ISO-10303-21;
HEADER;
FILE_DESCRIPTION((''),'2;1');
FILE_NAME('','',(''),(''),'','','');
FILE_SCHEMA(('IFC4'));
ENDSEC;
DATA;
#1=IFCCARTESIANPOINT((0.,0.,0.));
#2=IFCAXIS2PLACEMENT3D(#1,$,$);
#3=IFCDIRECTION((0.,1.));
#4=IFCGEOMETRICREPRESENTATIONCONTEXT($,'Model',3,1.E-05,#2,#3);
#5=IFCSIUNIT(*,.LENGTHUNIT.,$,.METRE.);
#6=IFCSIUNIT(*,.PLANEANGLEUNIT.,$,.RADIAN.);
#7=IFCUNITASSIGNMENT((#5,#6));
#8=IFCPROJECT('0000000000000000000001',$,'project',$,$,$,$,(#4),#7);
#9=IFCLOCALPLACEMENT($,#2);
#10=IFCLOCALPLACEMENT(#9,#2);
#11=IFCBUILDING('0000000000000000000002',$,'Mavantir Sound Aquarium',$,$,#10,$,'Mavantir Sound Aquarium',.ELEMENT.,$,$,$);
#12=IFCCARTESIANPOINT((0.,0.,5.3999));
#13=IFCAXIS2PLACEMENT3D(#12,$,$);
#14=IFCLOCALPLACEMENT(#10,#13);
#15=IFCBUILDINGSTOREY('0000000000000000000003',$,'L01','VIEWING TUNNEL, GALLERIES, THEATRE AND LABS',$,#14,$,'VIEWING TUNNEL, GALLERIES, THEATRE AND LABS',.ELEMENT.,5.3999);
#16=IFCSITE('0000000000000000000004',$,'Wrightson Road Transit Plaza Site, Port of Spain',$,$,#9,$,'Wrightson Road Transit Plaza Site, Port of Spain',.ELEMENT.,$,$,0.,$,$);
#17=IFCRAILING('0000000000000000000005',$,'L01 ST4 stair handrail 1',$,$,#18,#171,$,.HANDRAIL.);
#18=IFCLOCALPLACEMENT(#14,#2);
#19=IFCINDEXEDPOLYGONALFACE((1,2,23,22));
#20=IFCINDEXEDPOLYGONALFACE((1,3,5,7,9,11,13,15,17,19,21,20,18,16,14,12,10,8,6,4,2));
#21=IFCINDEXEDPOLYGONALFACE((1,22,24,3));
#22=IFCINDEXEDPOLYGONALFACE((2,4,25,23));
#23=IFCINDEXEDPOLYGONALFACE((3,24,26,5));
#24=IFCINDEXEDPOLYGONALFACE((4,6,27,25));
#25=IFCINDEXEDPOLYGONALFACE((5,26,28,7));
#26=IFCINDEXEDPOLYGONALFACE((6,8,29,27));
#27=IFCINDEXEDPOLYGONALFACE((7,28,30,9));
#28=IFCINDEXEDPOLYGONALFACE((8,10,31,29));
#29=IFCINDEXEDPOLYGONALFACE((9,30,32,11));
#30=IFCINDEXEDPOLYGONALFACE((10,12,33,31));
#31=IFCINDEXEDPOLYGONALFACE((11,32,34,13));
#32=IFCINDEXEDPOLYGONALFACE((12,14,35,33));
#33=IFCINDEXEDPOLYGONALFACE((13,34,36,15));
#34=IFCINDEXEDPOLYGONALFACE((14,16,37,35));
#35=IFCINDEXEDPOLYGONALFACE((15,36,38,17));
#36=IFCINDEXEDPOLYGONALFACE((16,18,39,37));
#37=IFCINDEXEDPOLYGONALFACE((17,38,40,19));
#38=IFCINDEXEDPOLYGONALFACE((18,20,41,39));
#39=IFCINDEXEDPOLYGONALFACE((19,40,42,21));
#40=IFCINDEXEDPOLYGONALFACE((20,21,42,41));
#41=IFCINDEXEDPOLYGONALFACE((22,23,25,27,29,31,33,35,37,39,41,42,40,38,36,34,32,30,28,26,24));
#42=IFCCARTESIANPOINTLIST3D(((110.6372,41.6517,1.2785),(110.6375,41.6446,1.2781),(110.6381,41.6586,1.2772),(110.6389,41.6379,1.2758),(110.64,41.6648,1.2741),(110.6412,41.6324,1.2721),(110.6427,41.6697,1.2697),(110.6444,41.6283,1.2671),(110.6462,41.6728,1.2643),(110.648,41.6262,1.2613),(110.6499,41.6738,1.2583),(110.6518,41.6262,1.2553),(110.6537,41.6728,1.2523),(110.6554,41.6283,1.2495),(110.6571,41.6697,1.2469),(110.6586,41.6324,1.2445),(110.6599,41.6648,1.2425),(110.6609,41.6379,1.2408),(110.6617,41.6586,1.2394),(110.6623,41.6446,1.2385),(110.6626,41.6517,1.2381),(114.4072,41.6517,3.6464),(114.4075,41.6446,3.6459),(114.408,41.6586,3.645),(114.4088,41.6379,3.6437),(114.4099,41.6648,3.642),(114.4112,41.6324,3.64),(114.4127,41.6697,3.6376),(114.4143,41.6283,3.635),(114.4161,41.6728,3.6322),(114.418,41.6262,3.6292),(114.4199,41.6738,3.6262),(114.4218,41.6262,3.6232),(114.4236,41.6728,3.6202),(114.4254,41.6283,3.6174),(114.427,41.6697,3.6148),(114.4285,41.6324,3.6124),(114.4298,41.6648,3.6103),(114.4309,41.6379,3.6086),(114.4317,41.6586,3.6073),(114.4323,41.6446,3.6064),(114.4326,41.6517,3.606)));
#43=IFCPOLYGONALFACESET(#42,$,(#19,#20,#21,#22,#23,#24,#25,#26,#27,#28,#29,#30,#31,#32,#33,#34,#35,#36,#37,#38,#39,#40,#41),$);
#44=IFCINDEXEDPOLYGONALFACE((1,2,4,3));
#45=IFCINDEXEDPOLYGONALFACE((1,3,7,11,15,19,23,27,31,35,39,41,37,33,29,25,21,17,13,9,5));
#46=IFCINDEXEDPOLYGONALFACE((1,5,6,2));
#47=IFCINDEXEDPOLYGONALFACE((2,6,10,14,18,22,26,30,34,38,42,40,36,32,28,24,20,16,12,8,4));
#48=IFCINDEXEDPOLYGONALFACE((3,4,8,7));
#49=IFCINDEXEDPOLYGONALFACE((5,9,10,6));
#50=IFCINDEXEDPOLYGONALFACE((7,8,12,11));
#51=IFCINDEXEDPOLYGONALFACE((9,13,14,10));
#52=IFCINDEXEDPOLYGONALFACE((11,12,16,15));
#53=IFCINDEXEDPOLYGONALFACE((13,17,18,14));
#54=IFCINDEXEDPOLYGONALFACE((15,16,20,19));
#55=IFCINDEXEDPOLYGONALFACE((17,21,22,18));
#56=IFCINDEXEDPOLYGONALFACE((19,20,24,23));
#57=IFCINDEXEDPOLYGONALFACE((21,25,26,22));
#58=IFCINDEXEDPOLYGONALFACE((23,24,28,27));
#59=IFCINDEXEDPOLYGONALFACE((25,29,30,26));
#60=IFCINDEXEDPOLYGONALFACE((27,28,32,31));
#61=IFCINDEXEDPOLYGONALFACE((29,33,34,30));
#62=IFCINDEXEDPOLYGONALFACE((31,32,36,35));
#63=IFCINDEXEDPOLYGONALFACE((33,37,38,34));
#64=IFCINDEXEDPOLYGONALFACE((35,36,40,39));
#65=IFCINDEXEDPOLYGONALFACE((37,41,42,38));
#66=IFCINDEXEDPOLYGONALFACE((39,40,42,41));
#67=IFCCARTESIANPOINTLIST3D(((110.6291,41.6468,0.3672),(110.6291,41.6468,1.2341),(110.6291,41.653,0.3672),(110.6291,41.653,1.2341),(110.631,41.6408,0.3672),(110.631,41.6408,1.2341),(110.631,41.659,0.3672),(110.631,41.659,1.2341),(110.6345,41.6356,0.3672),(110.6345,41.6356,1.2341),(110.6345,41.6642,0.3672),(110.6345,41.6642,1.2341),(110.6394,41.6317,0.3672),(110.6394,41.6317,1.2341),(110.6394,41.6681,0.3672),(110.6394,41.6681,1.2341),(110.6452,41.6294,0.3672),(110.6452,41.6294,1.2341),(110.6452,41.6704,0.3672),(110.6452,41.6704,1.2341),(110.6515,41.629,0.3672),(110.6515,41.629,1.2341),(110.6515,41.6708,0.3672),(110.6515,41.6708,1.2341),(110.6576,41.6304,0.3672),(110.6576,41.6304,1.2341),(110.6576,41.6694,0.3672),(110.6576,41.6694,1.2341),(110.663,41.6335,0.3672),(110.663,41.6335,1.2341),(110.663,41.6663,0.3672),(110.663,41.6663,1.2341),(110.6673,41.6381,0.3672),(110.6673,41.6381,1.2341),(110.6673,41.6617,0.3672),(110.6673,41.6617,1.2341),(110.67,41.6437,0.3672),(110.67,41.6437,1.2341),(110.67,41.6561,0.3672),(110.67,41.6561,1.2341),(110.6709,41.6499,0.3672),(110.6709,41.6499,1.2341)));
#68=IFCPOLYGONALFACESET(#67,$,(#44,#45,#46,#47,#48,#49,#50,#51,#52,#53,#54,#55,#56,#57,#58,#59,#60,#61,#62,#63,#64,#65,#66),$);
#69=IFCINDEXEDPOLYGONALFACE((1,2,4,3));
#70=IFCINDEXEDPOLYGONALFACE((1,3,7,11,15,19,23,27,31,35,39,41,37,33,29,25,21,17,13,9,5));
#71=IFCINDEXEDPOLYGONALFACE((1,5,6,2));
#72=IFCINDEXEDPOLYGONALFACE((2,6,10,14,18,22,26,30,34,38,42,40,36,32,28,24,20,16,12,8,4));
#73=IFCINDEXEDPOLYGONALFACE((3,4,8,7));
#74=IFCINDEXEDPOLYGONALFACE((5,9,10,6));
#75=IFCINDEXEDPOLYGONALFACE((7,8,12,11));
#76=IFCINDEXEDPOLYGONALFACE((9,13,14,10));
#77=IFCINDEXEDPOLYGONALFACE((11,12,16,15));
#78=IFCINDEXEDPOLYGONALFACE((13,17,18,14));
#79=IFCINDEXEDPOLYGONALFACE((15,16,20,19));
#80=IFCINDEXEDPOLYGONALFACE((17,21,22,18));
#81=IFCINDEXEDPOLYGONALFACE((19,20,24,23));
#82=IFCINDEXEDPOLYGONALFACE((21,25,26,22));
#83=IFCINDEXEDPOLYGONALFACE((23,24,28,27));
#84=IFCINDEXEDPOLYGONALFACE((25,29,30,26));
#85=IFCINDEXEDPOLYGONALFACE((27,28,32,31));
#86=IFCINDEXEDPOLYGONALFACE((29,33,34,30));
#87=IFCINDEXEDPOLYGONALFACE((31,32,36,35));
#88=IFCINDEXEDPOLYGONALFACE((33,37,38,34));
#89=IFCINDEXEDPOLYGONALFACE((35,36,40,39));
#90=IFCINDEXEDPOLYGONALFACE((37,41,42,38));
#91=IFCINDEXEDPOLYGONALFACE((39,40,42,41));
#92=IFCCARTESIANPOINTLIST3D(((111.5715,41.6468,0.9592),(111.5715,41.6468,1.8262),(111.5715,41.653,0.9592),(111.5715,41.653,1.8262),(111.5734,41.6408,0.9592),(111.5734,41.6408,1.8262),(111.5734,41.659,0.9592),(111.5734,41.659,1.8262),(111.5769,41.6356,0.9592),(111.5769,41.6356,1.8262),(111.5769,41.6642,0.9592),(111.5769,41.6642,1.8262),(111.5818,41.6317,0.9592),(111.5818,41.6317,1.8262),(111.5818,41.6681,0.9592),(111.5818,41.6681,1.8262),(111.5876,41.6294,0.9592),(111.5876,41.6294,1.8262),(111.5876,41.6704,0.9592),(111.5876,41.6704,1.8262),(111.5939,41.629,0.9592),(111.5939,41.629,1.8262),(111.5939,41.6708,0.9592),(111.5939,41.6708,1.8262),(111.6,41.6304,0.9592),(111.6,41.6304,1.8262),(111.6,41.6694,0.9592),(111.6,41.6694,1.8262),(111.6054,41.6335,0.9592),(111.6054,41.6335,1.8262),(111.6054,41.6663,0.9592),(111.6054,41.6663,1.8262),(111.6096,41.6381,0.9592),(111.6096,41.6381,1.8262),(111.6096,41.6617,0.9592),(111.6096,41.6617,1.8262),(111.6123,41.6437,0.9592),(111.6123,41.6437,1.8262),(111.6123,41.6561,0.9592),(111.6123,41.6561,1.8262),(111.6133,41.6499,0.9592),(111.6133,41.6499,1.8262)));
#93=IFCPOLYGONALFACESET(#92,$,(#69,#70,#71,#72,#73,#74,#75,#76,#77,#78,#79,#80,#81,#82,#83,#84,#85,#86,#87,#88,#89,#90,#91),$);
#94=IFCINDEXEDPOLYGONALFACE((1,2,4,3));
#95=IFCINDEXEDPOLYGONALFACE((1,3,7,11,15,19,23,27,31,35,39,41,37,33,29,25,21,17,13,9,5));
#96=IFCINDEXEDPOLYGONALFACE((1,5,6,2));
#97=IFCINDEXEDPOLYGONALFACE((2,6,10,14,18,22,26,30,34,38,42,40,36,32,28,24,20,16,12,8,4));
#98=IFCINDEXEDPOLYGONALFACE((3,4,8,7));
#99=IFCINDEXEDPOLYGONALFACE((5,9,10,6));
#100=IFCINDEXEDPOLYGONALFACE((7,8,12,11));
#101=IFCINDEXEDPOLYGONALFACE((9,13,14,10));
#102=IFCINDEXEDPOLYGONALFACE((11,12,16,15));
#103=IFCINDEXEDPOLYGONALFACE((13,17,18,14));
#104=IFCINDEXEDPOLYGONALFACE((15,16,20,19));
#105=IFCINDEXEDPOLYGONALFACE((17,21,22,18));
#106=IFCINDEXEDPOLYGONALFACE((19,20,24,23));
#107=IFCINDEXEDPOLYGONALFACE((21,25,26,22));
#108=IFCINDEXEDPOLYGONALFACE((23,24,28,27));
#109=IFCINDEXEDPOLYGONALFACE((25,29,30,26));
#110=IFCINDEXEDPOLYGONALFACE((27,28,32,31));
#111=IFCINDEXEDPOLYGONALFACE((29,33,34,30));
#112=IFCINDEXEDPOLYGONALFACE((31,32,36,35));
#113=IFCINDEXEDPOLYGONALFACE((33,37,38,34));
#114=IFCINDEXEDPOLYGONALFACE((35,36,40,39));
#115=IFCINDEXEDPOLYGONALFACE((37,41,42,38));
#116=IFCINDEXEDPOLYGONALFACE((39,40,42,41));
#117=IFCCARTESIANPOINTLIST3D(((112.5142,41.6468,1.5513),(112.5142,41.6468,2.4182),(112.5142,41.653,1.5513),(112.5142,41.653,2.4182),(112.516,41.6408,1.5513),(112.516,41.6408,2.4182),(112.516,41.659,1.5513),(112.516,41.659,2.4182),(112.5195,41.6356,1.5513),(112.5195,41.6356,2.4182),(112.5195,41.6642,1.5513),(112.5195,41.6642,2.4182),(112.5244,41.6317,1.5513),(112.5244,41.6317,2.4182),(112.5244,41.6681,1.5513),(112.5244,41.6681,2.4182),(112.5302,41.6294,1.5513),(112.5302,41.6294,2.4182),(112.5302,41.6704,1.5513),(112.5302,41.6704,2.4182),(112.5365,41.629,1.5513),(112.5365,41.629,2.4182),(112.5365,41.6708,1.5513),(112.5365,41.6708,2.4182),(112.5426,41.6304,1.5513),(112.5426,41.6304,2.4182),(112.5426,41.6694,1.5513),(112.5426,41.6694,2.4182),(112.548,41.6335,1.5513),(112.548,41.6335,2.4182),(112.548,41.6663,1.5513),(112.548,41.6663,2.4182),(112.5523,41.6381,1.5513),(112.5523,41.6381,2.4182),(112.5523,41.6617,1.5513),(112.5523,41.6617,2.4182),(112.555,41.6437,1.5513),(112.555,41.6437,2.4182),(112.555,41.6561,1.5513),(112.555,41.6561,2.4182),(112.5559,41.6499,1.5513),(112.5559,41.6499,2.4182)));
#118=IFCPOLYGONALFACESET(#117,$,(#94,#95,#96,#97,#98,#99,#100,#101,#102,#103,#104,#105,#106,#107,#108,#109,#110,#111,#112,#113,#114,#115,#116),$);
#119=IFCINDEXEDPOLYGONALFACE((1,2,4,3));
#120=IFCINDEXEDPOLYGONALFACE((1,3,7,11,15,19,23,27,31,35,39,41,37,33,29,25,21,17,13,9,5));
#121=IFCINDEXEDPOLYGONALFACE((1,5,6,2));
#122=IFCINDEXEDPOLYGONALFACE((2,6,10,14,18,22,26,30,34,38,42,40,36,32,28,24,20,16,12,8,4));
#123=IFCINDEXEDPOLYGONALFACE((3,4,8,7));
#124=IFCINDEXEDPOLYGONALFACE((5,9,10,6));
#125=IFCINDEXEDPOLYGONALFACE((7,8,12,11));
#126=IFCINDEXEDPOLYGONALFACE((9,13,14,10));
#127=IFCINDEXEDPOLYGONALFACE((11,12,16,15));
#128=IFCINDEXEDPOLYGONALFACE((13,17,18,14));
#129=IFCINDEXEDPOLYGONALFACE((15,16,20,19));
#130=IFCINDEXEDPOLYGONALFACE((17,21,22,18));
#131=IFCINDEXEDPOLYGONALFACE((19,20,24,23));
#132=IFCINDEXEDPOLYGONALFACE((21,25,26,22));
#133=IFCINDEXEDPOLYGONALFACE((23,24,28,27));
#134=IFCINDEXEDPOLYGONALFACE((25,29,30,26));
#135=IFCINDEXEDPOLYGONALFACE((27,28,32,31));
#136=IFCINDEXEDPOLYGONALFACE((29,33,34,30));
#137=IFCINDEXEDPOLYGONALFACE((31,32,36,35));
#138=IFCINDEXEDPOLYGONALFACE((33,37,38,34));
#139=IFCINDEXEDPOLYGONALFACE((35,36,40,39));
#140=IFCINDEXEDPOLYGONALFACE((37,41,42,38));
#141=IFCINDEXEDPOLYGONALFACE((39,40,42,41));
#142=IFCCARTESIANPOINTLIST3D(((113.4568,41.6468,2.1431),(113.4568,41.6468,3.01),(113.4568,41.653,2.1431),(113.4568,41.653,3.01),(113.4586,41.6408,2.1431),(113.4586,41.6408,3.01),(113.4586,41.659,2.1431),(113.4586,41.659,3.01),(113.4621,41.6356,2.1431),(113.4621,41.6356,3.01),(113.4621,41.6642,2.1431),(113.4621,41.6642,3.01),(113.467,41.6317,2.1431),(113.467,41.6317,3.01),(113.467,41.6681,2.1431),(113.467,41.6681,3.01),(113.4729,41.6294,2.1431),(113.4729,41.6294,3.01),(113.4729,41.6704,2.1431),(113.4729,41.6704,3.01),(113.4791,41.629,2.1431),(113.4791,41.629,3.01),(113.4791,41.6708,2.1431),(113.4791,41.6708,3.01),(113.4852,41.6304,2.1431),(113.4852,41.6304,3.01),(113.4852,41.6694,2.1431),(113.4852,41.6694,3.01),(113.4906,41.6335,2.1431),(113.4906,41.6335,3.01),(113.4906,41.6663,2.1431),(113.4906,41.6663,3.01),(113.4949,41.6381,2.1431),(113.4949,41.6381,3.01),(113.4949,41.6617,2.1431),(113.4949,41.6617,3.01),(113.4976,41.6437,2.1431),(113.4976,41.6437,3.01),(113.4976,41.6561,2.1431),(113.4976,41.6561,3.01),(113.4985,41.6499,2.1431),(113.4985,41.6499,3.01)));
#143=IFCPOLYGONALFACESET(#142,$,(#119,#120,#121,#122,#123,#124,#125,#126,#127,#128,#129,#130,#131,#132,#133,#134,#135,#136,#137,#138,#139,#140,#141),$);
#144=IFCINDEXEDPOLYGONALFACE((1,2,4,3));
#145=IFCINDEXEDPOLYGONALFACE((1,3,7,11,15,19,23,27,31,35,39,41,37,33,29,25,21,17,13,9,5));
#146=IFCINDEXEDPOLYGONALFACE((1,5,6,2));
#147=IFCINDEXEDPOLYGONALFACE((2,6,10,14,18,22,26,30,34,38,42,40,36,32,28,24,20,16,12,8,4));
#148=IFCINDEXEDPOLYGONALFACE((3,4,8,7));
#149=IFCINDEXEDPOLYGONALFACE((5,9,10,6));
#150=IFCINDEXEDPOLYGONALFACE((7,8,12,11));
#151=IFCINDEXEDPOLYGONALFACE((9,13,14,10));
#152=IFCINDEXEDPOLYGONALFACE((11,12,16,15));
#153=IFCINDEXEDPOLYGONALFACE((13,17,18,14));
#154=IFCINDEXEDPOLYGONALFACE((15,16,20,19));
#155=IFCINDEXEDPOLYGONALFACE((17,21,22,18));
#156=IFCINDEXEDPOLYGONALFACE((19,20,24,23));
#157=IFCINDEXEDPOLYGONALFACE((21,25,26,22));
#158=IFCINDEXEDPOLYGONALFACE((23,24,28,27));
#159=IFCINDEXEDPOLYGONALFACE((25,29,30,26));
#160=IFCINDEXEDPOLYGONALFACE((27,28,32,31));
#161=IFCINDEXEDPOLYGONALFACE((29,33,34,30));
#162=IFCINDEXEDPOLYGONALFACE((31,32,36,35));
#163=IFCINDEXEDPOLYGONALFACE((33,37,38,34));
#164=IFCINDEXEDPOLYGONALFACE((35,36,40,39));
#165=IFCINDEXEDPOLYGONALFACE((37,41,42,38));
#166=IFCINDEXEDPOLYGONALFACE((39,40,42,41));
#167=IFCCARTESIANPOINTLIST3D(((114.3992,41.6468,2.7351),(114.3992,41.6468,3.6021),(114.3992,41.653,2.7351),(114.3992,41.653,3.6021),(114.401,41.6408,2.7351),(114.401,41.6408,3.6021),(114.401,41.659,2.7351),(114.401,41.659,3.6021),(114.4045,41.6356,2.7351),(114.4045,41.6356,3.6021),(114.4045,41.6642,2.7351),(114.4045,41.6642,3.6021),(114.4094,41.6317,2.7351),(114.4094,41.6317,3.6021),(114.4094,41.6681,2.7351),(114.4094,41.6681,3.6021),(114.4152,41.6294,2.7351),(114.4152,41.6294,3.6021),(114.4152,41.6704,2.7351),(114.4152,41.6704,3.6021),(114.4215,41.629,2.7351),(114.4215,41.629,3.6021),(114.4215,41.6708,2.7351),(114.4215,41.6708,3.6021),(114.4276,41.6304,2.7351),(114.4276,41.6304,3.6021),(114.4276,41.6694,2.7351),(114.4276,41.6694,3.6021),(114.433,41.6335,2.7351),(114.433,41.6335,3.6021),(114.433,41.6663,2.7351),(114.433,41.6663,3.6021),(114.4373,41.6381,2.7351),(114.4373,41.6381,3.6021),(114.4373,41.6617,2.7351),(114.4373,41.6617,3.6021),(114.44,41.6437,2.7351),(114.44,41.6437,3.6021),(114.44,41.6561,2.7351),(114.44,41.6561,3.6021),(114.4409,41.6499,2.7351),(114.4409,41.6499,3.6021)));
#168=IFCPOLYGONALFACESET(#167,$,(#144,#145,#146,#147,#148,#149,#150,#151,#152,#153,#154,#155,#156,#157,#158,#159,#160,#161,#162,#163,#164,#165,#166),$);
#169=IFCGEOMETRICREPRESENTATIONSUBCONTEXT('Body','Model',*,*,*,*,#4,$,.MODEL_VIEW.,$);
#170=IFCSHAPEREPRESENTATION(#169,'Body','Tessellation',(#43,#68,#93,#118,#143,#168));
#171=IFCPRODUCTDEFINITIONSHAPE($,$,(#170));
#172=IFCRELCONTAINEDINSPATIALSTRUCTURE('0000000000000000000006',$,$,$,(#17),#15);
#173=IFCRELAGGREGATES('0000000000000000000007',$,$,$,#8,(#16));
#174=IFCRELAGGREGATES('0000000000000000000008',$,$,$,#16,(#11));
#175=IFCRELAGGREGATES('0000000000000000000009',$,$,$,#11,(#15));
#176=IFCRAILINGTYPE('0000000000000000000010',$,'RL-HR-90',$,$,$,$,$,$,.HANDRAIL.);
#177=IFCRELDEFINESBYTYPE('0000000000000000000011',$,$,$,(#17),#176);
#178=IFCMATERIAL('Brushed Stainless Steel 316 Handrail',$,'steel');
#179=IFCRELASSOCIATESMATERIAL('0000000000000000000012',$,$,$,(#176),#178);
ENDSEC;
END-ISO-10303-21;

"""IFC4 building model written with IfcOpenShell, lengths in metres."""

from ifc_helpers import new_model, si_unit, direction, frame, origin, origin_2d, place, context, subcontext, project, spatial, circle, extrude, material, type_object, element, save


model = new_model("IFC4")

# Units and contexts
model_context = context("Model", 3, precision=1e-05, world=origin(), true_north=direction((0.0, 1.0)))
body_context = subcontext(model_context, "Body", "Model", "MODEL_VIEW")
ifc_project = project(units=[si_unit("LENGTHUNIT", "METRE"), si_unit("PLANEANGLEUNIT", "RADIAN")], contexts=[model_context])

# Site, building, storey
site_placement = place(None, origin())
site = spatial("IfcSite", under=ifc_project, at=site_placement, Name="Wrightson Road Transit Plaza Site, Port of Spain", LongName="Wrightson Road Transit Plaza Site, Port of Spain", CompositionType="ELEMENT", RefElevation=0.0)
building_placement = place(site_placement, origin())
building = spatial("IfcBuilding", under=site, at=building_placement, Name="Mavantir Sound Aquarium", LongName="Mavantir Sound Aquarium", CompositionType="ELEMENT")
storey_placement = place(building_placement, frame((0.0, 0.0, 5.3999)))
storey = spatial("IfcBuildingStorey", under=building, at=storey_placement, Name="L01", Description="VIEWING TUNNEL, GALLERIES, THEATRE AND LABS", LongName="VIEWING TUNNEL, GALLERIES, THEATRE AND LABS", CompositionType="ELEMENT", Elevation=5.3999)

# Railing
ifc_material_1 = material(Name="Brushed Stainless Steel 316 Handrail", Category="steel")
railing_type_1 = type_object("IfcRailingType", Name="RL-HR-90", PredefinedType="HANDRAIL", material=ifc_material_1)
railing_1_placement = place(storey_placement, frame((110.6499, 41.6499, 0.3672)))
element("IfcRailing", 1, at=railing_1_placement, inside=storey, type_object=railing_type_1, Name="L01 ST4 stair handrail 1", PredefinedType="HANDRAIL", context=body_context, shape_type="SweptSolid", body=[
    extrude(circle(Radius=0.0239, at=origin_2d()), frame((0.0, 0.0, 0.8911), z_axis=(0.846819, 0.0, 0.531881), x_axis=(0.0, 1.0, 0.0)), (0.0, 0.0, 1.0), 4.4519),
    extrude(circle(Radius=0.021, at=origin_2d()), origin(), (0.0, 0.0, 1.0), 0.8669),
    extrude(circle(Radius=0.021, at=origin_2d()), frame((0.9424, 0.0, 0.592)), (0.0, 0.0, 1.0), 0.8669),
    extrude(circle(Radius=0.021, at=origin_2d()), frame((1.885, 0.0, 1.1841)), (0.0, 0.0, 1.0), 0.8669),
    extrude(circle(Radius=0.021, at=origin_2d()), frame((2.8276, 0.0, 1.7759)), (0.0, 0.0, 1.0), 0.8669),
    extrude(circle(Radius=0.021, at=origin_2d()), frame((3.77, 0.0, 2.3679)), (0.0, 0.0, 1.0), 0.8669),
])

save(model, "model.ifc")
